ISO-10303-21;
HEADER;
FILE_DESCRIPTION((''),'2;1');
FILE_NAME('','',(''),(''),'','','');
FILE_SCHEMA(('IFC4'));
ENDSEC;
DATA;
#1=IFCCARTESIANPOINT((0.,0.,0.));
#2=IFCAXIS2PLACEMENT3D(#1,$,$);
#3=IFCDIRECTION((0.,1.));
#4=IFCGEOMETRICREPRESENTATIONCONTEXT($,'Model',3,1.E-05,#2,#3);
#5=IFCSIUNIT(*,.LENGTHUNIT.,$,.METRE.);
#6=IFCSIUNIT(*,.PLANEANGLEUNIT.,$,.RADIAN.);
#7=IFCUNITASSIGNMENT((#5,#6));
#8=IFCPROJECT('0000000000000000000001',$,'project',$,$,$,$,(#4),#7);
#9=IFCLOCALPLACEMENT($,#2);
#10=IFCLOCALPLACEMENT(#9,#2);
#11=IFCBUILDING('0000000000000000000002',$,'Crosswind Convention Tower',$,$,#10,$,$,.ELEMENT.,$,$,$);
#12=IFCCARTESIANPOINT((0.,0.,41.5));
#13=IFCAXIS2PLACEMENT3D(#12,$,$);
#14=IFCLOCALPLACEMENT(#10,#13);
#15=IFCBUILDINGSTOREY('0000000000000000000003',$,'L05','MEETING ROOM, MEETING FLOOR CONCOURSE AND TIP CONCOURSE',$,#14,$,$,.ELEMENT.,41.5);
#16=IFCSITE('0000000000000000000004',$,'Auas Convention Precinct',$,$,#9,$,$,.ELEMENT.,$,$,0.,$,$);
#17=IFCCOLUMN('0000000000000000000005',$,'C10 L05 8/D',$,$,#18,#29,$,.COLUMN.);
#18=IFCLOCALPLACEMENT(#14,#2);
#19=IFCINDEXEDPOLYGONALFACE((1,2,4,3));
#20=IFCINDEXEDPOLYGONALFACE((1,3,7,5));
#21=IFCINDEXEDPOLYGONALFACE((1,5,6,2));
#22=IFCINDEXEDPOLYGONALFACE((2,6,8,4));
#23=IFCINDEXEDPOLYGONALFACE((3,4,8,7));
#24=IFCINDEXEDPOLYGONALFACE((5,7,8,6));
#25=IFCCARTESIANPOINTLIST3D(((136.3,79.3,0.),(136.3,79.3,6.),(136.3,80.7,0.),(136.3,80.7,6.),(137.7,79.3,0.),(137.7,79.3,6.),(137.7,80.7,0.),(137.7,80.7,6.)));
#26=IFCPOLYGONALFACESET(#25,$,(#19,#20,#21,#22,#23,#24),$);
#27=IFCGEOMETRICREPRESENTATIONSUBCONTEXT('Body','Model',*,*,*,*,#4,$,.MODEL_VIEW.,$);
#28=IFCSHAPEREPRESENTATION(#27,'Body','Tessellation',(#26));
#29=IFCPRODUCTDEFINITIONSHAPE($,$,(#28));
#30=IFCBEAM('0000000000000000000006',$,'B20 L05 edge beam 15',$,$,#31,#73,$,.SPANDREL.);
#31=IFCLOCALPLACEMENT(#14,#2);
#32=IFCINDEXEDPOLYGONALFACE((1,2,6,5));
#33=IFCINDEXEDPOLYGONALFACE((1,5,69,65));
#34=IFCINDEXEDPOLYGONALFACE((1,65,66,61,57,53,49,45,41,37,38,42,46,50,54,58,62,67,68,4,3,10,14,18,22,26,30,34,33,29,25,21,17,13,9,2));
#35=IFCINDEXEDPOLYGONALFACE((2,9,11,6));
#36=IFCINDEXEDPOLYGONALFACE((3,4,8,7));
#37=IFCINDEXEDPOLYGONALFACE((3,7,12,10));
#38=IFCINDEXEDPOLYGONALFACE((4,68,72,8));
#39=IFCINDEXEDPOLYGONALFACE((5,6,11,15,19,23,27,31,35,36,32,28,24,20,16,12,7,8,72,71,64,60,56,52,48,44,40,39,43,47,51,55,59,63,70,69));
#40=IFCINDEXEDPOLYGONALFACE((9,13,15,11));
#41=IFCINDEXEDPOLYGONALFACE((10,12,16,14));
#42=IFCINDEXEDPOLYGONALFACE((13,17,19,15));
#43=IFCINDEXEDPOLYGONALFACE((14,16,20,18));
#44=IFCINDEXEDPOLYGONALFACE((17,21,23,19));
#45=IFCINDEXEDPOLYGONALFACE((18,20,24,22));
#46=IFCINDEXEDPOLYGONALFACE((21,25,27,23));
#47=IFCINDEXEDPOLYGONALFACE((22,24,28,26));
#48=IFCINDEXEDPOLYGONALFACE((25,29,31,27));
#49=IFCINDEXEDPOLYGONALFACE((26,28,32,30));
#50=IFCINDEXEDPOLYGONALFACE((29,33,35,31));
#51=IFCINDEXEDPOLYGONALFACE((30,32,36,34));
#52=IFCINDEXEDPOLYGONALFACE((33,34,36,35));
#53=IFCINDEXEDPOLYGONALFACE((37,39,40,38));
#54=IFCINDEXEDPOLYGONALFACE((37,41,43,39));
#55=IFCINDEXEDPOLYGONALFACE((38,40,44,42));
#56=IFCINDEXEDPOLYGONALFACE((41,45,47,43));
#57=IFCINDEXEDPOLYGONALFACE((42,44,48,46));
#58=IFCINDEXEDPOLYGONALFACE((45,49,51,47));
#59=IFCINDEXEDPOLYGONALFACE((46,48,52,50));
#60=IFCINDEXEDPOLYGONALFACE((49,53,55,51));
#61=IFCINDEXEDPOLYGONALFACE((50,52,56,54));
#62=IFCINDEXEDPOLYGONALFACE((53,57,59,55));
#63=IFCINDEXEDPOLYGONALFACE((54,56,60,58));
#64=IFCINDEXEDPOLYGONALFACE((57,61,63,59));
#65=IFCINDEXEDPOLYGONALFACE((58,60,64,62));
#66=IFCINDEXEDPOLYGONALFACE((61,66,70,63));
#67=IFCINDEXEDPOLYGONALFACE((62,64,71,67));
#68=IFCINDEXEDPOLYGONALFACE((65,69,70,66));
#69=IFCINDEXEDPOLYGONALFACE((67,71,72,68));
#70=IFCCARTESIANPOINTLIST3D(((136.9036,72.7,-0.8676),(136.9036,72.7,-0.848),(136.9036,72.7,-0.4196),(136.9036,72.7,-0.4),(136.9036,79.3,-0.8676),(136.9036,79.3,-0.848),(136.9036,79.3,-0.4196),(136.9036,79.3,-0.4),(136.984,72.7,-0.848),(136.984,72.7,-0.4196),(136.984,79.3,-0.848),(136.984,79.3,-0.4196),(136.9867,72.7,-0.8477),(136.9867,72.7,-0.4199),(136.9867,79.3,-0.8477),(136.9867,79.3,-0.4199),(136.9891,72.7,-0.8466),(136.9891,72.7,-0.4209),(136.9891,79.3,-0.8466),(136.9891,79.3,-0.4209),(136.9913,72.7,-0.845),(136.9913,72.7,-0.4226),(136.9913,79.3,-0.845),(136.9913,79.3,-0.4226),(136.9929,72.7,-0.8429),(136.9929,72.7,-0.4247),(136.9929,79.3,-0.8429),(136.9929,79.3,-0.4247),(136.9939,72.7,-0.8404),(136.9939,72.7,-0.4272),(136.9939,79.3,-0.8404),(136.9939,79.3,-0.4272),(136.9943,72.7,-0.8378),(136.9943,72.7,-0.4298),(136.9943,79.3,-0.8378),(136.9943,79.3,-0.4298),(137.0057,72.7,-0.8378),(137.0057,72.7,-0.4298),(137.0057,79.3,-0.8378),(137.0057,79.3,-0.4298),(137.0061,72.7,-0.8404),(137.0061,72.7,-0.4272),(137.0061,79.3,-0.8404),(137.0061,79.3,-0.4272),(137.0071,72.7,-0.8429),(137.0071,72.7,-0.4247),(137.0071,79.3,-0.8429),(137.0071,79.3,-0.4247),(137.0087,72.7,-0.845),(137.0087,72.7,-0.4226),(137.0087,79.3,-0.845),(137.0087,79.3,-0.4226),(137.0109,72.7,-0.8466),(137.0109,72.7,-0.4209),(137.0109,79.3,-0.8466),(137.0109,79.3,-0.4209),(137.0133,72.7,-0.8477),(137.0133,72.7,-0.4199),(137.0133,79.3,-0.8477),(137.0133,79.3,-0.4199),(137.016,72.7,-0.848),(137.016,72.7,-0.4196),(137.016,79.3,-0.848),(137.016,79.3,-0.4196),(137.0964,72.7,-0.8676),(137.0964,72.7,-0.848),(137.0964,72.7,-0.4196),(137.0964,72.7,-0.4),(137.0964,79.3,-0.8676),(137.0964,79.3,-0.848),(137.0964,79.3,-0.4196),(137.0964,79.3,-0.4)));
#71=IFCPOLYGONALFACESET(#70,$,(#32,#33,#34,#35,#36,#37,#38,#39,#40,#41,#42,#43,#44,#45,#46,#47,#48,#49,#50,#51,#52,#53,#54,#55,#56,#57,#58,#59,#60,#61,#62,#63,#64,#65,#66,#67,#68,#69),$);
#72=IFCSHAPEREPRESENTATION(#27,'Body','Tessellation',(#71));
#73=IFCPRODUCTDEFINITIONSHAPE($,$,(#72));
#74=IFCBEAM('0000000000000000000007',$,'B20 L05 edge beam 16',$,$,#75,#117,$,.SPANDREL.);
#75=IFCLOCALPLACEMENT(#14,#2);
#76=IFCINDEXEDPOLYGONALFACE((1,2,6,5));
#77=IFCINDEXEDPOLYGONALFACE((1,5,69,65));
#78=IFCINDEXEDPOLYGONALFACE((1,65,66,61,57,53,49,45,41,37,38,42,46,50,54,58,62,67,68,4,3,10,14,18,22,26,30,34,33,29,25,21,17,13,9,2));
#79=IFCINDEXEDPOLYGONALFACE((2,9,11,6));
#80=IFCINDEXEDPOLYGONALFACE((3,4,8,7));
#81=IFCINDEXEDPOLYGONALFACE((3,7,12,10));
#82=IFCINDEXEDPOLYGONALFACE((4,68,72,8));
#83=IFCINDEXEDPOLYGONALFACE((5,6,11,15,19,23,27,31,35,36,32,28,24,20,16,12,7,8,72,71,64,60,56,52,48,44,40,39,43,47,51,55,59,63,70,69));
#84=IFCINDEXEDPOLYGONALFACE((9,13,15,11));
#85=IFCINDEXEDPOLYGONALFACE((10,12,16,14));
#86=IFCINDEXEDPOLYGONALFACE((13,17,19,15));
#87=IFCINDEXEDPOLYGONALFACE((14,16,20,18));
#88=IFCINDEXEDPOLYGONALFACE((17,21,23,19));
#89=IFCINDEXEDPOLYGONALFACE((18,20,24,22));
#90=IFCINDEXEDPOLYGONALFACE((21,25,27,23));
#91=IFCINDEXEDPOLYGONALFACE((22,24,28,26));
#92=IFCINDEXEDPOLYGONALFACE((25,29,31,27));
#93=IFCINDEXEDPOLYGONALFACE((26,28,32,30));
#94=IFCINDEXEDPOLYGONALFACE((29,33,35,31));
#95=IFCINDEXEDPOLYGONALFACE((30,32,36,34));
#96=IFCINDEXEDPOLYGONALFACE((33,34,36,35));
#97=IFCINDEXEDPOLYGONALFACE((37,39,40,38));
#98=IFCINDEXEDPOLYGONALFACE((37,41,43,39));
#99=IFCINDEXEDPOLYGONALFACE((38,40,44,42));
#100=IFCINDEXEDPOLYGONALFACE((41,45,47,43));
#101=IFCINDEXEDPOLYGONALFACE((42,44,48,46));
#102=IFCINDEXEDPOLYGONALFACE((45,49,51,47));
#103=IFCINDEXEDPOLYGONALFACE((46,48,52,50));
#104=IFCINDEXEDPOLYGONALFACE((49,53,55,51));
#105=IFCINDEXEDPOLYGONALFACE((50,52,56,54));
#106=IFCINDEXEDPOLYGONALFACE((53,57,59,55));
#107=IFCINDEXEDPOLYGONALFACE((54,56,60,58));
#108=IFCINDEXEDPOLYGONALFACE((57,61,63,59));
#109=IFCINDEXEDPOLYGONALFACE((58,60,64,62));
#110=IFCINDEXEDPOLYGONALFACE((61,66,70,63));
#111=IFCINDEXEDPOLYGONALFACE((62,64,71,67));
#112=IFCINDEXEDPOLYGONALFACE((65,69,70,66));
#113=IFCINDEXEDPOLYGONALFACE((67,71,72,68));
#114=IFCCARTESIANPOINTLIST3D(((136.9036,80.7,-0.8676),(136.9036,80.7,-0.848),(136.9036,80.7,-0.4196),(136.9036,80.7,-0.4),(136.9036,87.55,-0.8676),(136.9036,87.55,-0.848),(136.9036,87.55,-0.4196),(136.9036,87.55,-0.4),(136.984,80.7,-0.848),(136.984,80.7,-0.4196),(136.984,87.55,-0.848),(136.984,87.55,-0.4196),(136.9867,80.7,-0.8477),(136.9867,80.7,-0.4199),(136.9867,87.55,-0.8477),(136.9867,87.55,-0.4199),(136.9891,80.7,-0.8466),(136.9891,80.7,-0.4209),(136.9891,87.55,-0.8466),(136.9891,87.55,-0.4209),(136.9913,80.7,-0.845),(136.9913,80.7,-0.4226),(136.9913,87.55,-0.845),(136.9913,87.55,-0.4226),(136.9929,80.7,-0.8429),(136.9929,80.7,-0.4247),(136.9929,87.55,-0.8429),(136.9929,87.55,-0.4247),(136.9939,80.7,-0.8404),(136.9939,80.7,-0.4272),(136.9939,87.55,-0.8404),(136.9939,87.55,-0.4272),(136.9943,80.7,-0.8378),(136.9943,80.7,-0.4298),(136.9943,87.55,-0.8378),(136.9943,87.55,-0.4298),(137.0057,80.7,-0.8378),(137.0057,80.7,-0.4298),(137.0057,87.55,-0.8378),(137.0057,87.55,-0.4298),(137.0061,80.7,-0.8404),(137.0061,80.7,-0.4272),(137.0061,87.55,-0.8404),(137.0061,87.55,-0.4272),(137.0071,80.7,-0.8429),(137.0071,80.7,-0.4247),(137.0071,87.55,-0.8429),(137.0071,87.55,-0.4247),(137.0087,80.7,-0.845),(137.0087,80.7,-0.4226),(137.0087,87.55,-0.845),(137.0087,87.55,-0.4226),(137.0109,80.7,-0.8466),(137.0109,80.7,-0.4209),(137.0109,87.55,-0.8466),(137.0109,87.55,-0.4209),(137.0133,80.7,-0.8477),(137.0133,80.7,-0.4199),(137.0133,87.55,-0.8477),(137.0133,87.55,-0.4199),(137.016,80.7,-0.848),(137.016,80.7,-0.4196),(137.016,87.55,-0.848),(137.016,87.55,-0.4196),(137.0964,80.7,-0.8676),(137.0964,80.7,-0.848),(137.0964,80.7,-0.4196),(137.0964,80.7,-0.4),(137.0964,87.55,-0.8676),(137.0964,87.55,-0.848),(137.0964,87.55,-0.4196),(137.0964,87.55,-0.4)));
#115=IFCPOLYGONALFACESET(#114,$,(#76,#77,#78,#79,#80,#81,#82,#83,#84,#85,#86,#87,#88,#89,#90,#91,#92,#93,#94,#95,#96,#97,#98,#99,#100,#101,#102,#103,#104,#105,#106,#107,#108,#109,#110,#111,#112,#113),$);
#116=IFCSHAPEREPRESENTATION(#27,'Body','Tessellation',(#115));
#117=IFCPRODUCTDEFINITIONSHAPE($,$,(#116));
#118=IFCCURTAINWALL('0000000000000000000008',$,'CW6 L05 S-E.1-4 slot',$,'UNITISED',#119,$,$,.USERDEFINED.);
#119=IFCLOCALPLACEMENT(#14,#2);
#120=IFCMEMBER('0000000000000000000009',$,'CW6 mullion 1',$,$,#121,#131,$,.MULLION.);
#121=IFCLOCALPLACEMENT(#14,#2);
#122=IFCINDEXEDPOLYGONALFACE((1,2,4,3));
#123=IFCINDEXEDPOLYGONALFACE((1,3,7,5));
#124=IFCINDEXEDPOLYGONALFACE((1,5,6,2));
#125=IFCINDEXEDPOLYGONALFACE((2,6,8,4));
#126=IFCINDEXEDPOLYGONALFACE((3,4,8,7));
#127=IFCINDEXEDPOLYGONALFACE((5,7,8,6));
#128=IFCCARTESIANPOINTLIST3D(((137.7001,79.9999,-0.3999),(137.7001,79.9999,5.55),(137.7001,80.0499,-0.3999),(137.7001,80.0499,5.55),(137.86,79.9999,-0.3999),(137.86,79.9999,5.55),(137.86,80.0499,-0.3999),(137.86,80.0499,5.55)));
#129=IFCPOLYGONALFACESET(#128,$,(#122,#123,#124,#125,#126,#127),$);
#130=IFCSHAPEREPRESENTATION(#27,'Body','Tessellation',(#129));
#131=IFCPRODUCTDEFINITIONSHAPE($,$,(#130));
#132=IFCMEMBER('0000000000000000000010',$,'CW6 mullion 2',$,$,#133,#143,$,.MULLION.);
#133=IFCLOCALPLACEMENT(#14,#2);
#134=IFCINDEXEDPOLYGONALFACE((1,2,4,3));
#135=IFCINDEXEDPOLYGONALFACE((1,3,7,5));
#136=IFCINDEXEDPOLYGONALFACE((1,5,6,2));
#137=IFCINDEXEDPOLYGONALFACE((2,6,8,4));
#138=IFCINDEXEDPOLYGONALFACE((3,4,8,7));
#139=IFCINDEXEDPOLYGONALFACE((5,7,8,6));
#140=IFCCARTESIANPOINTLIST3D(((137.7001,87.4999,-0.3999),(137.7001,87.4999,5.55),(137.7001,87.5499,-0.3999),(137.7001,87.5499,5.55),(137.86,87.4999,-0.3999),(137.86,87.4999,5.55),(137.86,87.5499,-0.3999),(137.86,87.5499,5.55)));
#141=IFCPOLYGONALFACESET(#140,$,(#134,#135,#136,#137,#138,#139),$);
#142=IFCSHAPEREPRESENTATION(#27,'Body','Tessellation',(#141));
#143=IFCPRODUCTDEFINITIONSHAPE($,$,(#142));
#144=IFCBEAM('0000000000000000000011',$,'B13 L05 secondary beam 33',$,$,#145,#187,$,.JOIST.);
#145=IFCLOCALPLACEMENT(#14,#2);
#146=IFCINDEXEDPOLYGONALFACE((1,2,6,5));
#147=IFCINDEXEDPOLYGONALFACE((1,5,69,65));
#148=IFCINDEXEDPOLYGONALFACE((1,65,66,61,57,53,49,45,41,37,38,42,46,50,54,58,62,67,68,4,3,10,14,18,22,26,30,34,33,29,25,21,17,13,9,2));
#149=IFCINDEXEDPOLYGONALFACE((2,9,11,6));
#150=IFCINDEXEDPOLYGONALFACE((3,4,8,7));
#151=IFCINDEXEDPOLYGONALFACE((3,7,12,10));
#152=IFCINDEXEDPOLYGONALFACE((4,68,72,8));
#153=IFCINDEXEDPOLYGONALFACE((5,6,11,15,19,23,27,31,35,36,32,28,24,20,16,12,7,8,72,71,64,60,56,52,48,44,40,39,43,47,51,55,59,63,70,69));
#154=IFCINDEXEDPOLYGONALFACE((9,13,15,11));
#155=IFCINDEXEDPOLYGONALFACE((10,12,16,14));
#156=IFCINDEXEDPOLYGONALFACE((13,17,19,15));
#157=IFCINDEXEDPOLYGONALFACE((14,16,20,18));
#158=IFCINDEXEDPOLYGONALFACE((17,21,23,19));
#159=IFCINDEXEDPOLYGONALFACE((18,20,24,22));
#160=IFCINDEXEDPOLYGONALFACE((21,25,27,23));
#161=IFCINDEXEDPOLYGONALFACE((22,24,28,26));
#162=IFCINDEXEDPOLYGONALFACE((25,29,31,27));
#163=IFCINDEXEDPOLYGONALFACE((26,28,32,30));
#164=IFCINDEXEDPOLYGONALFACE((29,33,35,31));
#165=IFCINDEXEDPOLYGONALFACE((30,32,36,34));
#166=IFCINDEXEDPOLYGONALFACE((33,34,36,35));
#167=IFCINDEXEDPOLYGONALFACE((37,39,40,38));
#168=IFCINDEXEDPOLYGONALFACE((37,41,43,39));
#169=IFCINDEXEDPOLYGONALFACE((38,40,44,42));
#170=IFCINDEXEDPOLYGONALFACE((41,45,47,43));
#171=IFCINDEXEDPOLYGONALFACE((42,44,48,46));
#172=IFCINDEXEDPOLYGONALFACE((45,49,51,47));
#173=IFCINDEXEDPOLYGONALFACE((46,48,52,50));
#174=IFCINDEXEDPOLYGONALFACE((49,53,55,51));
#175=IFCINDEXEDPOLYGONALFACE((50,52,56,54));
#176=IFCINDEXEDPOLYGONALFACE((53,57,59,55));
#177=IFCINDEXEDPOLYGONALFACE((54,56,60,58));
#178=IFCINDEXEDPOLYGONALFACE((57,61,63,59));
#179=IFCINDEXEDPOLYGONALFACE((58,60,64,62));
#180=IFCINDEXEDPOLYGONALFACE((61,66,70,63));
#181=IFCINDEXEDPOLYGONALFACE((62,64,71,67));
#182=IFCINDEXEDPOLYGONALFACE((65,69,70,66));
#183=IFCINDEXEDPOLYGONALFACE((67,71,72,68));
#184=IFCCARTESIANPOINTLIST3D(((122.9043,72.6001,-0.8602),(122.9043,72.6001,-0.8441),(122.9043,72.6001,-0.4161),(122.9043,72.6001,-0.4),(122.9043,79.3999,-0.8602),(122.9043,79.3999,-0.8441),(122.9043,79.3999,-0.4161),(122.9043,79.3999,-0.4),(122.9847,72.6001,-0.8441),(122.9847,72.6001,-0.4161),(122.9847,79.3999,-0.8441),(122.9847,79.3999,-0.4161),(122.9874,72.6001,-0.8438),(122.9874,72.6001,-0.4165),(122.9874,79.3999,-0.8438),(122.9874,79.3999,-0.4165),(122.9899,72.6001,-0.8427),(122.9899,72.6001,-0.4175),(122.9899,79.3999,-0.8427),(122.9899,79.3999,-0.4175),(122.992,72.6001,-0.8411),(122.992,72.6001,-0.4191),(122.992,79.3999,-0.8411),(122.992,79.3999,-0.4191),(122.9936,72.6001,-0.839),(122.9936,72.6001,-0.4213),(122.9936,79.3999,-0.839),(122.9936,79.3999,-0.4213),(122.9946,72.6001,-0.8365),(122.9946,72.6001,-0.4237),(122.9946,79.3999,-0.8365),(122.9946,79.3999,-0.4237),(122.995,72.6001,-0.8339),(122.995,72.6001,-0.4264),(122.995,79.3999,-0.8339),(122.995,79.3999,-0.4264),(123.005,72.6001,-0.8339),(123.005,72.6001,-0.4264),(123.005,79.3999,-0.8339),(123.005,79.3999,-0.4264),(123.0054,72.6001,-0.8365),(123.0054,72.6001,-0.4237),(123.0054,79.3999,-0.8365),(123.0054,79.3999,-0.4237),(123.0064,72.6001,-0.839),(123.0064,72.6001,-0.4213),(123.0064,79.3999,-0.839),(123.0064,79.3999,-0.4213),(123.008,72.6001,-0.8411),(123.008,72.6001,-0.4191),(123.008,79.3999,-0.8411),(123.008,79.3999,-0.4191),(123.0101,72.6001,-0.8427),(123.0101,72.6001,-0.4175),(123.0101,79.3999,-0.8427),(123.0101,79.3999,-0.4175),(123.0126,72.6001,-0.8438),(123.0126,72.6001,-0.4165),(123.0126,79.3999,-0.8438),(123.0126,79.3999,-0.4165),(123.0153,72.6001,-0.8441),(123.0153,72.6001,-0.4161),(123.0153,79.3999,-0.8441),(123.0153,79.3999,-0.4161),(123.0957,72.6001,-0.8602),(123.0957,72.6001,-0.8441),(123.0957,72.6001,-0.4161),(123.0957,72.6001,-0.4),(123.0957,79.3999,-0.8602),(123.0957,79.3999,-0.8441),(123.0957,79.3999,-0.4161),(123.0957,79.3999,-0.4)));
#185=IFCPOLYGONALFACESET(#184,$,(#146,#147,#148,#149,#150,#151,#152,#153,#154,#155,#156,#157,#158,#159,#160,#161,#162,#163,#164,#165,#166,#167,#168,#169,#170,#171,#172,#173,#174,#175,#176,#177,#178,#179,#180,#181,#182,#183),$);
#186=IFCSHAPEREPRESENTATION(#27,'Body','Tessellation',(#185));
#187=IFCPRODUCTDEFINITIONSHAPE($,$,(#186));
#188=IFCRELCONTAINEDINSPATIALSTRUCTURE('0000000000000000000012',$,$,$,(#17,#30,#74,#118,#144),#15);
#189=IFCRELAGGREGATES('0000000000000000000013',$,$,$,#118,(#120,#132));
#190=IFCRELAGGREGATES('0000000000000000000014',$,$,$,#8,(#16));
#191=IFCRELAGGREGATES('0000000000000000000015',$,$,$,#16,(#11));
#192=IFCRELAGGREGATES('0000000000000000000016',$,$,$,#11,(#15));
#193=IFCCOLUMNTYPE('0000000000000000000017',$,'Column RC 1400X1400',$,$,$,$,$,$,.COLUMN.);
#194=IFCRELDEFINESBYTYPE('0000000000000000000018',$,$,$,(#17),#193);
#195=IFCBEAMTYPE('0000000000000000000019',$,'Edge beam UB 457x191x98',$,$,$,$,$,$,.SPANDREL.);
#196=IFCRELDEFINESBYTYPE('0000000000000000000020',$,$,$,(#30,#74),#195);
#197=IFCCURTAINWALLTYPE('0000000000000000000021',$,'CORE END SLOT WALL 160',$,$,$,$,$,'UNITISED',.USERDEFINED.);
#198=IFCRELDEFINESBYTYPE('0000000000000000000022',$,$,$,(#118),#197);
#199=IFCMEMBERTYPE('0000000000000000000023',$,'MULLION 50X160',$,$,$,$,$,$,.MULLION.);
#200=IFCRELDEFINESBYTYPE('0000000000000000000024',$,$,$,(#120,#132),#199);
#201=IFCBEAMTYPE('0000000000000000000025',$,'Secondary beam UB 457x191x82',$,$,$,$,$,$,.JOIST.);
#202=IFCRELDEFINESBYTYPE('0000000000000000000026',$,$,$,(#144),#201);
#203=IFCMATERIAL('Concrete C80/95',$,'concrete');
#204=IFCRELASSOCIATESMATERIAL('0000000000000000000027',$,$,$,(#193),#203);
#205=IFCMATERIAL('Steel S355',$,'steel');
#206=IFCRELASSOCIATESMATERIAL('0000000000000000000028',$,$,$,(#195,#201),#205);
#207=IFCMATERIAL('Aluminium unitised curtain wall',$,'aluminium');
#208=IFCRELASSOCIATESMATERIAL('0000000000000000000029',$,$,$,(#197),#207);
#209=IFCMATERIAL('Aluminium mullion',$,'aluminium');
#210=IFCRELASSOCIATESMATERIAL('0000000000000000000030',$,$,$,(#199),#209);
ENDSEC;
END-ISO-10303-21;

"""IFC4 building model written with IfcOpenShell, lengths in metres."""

from ifc_helpers import new_model, si_unit, direction, frame, origin, origin_2d, place, context, subcontext, project, spatial, rectangle, i_section, extrude, material, material_profile, profile_set, type_object, element, aggregate, save


model = new_model("IFC4")

# Units and contexts
model_context = context("Model", 3, precision=1e-05, world=origin(), true_north=direction((0.0, 1.0)))
body_context = subcontext(model_context, "Body", "Model", "MODEL_VIEW")
ifc_project = project(units=[si_unit("LENGTHUNIT", "METRE"), si_unit("PLANEANGLEUNIT", "RADIAN")], contexts=[model_context])

# Site, building, storey
site_placement = place(None, origin())
site = spatial("IfcSite", under=ifc_project, at=site_placement, Name="Auas Convention Precinct", CompositionType="ELEMENT", RefElevation=0.0)
building_placement = place(site_placement, origin())
building = spatial("IfcBuilding", under=site, at=building_placement, Name="Crosswind Convention Tower", CompositionType="ELEMENT")
storey_placement = place(building_placement, frame((0.0, 0.0, 41.5)))
storey = spatial("IfcBuildingStorey", under=building, at=storey_placement, Name="L05", Description="MEETING ROOM, MEETING FLOOR CONCOURSE AND TIP CONCOURSE", CompositionType="ELEMENT", Elevation=41.5)

# Column
ifc_material_1 = material(Name="Concrete C80/95", Category="concrete")
ifc_material_profile_1 = material_profile(ifc_material_1, rectangle(XDim=1.3999, YDim=1.3999, at=origin_2d()), Name="RC 1400X1400")
ifc_profile_set_1 = profile_set([ifc_material_profile_1], Name="Concrete C80/95")
column_type = type_object("IfcColumnType", Name="Column RC 1400X1400", PredefinedType="COLUMN", material=ifc_profile_set_1)
column_placement = place(storey_placement, frame((137.0, 80.0, 0.0), z_axis=(0.0, 0.0, 1.0), x_axis=(1.0, 0.0, 0.0)))
element("IfcColumn", 1, at=column_placement, inside=storey, type_object=column_type, Name="C10 L05 8/D", PredefinedType="COLUMN", context=body_context, shape_type="SweptSolid", body=[
    extrude(rectangle(XDim=1.3999, YDim=1.3999, at=origin_2d()), origin(), (0.0, 0.0, 1.0), 6.0),
])

# Beams
ifc_material_2 = material(Name="Steel S355", Category="steel")
ifc_material_profile_2 = material_profile(ifc_material_2, i_section(OverallWidth=0.1929, OverallDepth=0.4675, WebThickness=0.0115, FlangeThickness=0.0195, FilletRadius=0.0103, at=origin_2d()), Name="UB 457x191x98")
ifc_profile_set_2 = profile_set([ifc_material_profile_2], Name="Steel S355")
beam_type_1 = type_object("IfcBeamType", Name="Edge beam UB 457x191x98", PredefinedType="SPANDREL", material=ifc_profile_set_2)
beam_1_placement = place(storey_placement, frame((137.0, 72.7, -0.6338), z_axis=(0.0, 1.0, 0.0), x_axis=(-1.0, 0.0, 0.0)))
element("IfcBeam", 2, at=beam_1_placement, inside=storey, type_object=beam_type_1, Name="B20 L05 edge beam 15", PredefinedType="SPANDREL", context=body_context, shape_type="SweptSolid", body=[
    extrude(i_section(OverallWidth=0.1929, OverallDepth=0.4675, WebThickness=0.0115, FlangeThickness=0.0195, FilletRadius=0.0103, at=origin_2d()), origin(), (0.0, 0.0, 1.0), 6.6001),
])
beam_2_placement = place(storey_placement, frame((137.0, 80.7, -0.6338), z_axis=(0.0, 1.0, 0.0), x_axis=(-1.0, 0.0, 0.0)))
element("IfcBeam", 3, at=beam_2_placement, inside=storey, type_object=beam_type_1, Name="B20 L05 edge beam 16", PredefinedType="SPANDREL", context=body_context, shape_type="SweptSolid", body=[
    extrude(i_section(OverallWidth=0.1929, OverallDepth=0.4675, WebThickness=0.0115, FlangeThickness=0.0195, FilletRadius=0.0103, at=origin_2d()), origin(), (0.0, 0.0, 1.0), 6.8501),
])

# Curtain wall, members
ifc_material_3 = material(Name="Aluminium unitised curtain wall", Category="aluminium")
curtain_wall_type = type_object("IfcCurtainWallType", Name="CORE END SLOT WALL 160", ElementType="UNITISED", PredefinedType="USERDEFINED", material=ifc_material_3)
curtain_wall_placement = place(storey_placement, origin())
curtain_wall = element("IfcCurtainWall", 4, at=curtain_wall_placement, inside=storey, type_object=curtain_wall_type, Name="CW6 L05 S-E.1-4 slot", ObjectType="UNITISED", PredefinedType="USERDEFINED")
ifc_material_4 = material(Name="Aluminium mullion", Category="aluminium")
ifc_material_profile_3 = material_profile(ifc_material_4, rectangle(XDim=0.1599, YDim=0.05, at=origin_2d()), Name="AL 160X50")
ifc_profile_set_3 = profile_set([ifc_material_profile_3], Name="Aluminium mullion")
member_type_1 = type_object("IfcMemberType", Name="MULLION 50X160", PredefinedType="MULLION", material=ifc_profile_set_3)
member_1_placement = place(storey_placement, frame((137.78, 80.0249, -0.3999), z_axis=(0.0, 0.0, 1.0), x_axis=(1.0, 0.0, 0.0)))
member_1 = element("IfcMember", 5, at=member_1_placement, type_object=member_type_1, Name="CW6 mullion 1", PredefinedType="MULLION", context=body_context, shape_type="SweptSolid", body=[
    extrude(rectangle(XDim=0.1599, YDim=0.05, at=origin_2d()), origin(), (0.0, 0.0, 1.0), 5.95),
])
member_2_placement = place(storey_placement, frame((137.78, 87.5249, -0.3999), z_axis=(0.0, 0.0, 1.0), x_axis=(1.0, 0.0, 0.0)))
member_2 = element("IfcMember", 6, at=member_2_placement, type_object=member_type_1, Name="CW6 mullion 2", PredefinedType="MULLION", context=body_context, shape_type="SweptSolid", body=[
    extrude(rectangle(XDim=0.1599, YDim=0.05, at=origin_2d()), origin(), (0.0, 0.0, 1.0), 5.95),
])

# Beam
ifc_material_profile_4 = material_profile(ifc_material_2, i_section(OverallWidth=0.1914, OverallDepth=0.4602, WebThickness=0.01, FlangeThickness=0.0161, FilletRadius=0.0103, at=origin_2d()), Name="UB 457x191x82")
ifc_profile_set_4 = profile_set([ifc_material_profile_4], Name="Steel S355")
beam_type_2 = type_object("IfcBeamType", Name="Secondary beam UB 457x191x82", PredefinedType="JOIST", material=ifc_profile_set_4)
beam_3_placement = place(storey_placement, frame((123.0, 72.6001, -0.6301), z_axis=(0.0, 1.0, 0.0), x_axis=(-1.0, 0.0, 0.0)))
element("IfcBeam", 7, at=beam_3_placement, inside=storey, type_object=beam_type_2, Name="B13 L05 secondary beam 33", PredefinedType="JOIST", context=body_context, shape_type="SweptSolid", body=[
    extrude(i_section(OverallWidth=0.1914, OverallDepth=0.4602, WebThickness=0.01, FlangeThickness=0.0161, FilletRadius=0.0103, at=origin_2d()), origin(), (0.0, 0.0, 1.0), 6.7998),
])

aggregate(curtain_wall, [member_1, member_2])

save(model, "model.ifc")
